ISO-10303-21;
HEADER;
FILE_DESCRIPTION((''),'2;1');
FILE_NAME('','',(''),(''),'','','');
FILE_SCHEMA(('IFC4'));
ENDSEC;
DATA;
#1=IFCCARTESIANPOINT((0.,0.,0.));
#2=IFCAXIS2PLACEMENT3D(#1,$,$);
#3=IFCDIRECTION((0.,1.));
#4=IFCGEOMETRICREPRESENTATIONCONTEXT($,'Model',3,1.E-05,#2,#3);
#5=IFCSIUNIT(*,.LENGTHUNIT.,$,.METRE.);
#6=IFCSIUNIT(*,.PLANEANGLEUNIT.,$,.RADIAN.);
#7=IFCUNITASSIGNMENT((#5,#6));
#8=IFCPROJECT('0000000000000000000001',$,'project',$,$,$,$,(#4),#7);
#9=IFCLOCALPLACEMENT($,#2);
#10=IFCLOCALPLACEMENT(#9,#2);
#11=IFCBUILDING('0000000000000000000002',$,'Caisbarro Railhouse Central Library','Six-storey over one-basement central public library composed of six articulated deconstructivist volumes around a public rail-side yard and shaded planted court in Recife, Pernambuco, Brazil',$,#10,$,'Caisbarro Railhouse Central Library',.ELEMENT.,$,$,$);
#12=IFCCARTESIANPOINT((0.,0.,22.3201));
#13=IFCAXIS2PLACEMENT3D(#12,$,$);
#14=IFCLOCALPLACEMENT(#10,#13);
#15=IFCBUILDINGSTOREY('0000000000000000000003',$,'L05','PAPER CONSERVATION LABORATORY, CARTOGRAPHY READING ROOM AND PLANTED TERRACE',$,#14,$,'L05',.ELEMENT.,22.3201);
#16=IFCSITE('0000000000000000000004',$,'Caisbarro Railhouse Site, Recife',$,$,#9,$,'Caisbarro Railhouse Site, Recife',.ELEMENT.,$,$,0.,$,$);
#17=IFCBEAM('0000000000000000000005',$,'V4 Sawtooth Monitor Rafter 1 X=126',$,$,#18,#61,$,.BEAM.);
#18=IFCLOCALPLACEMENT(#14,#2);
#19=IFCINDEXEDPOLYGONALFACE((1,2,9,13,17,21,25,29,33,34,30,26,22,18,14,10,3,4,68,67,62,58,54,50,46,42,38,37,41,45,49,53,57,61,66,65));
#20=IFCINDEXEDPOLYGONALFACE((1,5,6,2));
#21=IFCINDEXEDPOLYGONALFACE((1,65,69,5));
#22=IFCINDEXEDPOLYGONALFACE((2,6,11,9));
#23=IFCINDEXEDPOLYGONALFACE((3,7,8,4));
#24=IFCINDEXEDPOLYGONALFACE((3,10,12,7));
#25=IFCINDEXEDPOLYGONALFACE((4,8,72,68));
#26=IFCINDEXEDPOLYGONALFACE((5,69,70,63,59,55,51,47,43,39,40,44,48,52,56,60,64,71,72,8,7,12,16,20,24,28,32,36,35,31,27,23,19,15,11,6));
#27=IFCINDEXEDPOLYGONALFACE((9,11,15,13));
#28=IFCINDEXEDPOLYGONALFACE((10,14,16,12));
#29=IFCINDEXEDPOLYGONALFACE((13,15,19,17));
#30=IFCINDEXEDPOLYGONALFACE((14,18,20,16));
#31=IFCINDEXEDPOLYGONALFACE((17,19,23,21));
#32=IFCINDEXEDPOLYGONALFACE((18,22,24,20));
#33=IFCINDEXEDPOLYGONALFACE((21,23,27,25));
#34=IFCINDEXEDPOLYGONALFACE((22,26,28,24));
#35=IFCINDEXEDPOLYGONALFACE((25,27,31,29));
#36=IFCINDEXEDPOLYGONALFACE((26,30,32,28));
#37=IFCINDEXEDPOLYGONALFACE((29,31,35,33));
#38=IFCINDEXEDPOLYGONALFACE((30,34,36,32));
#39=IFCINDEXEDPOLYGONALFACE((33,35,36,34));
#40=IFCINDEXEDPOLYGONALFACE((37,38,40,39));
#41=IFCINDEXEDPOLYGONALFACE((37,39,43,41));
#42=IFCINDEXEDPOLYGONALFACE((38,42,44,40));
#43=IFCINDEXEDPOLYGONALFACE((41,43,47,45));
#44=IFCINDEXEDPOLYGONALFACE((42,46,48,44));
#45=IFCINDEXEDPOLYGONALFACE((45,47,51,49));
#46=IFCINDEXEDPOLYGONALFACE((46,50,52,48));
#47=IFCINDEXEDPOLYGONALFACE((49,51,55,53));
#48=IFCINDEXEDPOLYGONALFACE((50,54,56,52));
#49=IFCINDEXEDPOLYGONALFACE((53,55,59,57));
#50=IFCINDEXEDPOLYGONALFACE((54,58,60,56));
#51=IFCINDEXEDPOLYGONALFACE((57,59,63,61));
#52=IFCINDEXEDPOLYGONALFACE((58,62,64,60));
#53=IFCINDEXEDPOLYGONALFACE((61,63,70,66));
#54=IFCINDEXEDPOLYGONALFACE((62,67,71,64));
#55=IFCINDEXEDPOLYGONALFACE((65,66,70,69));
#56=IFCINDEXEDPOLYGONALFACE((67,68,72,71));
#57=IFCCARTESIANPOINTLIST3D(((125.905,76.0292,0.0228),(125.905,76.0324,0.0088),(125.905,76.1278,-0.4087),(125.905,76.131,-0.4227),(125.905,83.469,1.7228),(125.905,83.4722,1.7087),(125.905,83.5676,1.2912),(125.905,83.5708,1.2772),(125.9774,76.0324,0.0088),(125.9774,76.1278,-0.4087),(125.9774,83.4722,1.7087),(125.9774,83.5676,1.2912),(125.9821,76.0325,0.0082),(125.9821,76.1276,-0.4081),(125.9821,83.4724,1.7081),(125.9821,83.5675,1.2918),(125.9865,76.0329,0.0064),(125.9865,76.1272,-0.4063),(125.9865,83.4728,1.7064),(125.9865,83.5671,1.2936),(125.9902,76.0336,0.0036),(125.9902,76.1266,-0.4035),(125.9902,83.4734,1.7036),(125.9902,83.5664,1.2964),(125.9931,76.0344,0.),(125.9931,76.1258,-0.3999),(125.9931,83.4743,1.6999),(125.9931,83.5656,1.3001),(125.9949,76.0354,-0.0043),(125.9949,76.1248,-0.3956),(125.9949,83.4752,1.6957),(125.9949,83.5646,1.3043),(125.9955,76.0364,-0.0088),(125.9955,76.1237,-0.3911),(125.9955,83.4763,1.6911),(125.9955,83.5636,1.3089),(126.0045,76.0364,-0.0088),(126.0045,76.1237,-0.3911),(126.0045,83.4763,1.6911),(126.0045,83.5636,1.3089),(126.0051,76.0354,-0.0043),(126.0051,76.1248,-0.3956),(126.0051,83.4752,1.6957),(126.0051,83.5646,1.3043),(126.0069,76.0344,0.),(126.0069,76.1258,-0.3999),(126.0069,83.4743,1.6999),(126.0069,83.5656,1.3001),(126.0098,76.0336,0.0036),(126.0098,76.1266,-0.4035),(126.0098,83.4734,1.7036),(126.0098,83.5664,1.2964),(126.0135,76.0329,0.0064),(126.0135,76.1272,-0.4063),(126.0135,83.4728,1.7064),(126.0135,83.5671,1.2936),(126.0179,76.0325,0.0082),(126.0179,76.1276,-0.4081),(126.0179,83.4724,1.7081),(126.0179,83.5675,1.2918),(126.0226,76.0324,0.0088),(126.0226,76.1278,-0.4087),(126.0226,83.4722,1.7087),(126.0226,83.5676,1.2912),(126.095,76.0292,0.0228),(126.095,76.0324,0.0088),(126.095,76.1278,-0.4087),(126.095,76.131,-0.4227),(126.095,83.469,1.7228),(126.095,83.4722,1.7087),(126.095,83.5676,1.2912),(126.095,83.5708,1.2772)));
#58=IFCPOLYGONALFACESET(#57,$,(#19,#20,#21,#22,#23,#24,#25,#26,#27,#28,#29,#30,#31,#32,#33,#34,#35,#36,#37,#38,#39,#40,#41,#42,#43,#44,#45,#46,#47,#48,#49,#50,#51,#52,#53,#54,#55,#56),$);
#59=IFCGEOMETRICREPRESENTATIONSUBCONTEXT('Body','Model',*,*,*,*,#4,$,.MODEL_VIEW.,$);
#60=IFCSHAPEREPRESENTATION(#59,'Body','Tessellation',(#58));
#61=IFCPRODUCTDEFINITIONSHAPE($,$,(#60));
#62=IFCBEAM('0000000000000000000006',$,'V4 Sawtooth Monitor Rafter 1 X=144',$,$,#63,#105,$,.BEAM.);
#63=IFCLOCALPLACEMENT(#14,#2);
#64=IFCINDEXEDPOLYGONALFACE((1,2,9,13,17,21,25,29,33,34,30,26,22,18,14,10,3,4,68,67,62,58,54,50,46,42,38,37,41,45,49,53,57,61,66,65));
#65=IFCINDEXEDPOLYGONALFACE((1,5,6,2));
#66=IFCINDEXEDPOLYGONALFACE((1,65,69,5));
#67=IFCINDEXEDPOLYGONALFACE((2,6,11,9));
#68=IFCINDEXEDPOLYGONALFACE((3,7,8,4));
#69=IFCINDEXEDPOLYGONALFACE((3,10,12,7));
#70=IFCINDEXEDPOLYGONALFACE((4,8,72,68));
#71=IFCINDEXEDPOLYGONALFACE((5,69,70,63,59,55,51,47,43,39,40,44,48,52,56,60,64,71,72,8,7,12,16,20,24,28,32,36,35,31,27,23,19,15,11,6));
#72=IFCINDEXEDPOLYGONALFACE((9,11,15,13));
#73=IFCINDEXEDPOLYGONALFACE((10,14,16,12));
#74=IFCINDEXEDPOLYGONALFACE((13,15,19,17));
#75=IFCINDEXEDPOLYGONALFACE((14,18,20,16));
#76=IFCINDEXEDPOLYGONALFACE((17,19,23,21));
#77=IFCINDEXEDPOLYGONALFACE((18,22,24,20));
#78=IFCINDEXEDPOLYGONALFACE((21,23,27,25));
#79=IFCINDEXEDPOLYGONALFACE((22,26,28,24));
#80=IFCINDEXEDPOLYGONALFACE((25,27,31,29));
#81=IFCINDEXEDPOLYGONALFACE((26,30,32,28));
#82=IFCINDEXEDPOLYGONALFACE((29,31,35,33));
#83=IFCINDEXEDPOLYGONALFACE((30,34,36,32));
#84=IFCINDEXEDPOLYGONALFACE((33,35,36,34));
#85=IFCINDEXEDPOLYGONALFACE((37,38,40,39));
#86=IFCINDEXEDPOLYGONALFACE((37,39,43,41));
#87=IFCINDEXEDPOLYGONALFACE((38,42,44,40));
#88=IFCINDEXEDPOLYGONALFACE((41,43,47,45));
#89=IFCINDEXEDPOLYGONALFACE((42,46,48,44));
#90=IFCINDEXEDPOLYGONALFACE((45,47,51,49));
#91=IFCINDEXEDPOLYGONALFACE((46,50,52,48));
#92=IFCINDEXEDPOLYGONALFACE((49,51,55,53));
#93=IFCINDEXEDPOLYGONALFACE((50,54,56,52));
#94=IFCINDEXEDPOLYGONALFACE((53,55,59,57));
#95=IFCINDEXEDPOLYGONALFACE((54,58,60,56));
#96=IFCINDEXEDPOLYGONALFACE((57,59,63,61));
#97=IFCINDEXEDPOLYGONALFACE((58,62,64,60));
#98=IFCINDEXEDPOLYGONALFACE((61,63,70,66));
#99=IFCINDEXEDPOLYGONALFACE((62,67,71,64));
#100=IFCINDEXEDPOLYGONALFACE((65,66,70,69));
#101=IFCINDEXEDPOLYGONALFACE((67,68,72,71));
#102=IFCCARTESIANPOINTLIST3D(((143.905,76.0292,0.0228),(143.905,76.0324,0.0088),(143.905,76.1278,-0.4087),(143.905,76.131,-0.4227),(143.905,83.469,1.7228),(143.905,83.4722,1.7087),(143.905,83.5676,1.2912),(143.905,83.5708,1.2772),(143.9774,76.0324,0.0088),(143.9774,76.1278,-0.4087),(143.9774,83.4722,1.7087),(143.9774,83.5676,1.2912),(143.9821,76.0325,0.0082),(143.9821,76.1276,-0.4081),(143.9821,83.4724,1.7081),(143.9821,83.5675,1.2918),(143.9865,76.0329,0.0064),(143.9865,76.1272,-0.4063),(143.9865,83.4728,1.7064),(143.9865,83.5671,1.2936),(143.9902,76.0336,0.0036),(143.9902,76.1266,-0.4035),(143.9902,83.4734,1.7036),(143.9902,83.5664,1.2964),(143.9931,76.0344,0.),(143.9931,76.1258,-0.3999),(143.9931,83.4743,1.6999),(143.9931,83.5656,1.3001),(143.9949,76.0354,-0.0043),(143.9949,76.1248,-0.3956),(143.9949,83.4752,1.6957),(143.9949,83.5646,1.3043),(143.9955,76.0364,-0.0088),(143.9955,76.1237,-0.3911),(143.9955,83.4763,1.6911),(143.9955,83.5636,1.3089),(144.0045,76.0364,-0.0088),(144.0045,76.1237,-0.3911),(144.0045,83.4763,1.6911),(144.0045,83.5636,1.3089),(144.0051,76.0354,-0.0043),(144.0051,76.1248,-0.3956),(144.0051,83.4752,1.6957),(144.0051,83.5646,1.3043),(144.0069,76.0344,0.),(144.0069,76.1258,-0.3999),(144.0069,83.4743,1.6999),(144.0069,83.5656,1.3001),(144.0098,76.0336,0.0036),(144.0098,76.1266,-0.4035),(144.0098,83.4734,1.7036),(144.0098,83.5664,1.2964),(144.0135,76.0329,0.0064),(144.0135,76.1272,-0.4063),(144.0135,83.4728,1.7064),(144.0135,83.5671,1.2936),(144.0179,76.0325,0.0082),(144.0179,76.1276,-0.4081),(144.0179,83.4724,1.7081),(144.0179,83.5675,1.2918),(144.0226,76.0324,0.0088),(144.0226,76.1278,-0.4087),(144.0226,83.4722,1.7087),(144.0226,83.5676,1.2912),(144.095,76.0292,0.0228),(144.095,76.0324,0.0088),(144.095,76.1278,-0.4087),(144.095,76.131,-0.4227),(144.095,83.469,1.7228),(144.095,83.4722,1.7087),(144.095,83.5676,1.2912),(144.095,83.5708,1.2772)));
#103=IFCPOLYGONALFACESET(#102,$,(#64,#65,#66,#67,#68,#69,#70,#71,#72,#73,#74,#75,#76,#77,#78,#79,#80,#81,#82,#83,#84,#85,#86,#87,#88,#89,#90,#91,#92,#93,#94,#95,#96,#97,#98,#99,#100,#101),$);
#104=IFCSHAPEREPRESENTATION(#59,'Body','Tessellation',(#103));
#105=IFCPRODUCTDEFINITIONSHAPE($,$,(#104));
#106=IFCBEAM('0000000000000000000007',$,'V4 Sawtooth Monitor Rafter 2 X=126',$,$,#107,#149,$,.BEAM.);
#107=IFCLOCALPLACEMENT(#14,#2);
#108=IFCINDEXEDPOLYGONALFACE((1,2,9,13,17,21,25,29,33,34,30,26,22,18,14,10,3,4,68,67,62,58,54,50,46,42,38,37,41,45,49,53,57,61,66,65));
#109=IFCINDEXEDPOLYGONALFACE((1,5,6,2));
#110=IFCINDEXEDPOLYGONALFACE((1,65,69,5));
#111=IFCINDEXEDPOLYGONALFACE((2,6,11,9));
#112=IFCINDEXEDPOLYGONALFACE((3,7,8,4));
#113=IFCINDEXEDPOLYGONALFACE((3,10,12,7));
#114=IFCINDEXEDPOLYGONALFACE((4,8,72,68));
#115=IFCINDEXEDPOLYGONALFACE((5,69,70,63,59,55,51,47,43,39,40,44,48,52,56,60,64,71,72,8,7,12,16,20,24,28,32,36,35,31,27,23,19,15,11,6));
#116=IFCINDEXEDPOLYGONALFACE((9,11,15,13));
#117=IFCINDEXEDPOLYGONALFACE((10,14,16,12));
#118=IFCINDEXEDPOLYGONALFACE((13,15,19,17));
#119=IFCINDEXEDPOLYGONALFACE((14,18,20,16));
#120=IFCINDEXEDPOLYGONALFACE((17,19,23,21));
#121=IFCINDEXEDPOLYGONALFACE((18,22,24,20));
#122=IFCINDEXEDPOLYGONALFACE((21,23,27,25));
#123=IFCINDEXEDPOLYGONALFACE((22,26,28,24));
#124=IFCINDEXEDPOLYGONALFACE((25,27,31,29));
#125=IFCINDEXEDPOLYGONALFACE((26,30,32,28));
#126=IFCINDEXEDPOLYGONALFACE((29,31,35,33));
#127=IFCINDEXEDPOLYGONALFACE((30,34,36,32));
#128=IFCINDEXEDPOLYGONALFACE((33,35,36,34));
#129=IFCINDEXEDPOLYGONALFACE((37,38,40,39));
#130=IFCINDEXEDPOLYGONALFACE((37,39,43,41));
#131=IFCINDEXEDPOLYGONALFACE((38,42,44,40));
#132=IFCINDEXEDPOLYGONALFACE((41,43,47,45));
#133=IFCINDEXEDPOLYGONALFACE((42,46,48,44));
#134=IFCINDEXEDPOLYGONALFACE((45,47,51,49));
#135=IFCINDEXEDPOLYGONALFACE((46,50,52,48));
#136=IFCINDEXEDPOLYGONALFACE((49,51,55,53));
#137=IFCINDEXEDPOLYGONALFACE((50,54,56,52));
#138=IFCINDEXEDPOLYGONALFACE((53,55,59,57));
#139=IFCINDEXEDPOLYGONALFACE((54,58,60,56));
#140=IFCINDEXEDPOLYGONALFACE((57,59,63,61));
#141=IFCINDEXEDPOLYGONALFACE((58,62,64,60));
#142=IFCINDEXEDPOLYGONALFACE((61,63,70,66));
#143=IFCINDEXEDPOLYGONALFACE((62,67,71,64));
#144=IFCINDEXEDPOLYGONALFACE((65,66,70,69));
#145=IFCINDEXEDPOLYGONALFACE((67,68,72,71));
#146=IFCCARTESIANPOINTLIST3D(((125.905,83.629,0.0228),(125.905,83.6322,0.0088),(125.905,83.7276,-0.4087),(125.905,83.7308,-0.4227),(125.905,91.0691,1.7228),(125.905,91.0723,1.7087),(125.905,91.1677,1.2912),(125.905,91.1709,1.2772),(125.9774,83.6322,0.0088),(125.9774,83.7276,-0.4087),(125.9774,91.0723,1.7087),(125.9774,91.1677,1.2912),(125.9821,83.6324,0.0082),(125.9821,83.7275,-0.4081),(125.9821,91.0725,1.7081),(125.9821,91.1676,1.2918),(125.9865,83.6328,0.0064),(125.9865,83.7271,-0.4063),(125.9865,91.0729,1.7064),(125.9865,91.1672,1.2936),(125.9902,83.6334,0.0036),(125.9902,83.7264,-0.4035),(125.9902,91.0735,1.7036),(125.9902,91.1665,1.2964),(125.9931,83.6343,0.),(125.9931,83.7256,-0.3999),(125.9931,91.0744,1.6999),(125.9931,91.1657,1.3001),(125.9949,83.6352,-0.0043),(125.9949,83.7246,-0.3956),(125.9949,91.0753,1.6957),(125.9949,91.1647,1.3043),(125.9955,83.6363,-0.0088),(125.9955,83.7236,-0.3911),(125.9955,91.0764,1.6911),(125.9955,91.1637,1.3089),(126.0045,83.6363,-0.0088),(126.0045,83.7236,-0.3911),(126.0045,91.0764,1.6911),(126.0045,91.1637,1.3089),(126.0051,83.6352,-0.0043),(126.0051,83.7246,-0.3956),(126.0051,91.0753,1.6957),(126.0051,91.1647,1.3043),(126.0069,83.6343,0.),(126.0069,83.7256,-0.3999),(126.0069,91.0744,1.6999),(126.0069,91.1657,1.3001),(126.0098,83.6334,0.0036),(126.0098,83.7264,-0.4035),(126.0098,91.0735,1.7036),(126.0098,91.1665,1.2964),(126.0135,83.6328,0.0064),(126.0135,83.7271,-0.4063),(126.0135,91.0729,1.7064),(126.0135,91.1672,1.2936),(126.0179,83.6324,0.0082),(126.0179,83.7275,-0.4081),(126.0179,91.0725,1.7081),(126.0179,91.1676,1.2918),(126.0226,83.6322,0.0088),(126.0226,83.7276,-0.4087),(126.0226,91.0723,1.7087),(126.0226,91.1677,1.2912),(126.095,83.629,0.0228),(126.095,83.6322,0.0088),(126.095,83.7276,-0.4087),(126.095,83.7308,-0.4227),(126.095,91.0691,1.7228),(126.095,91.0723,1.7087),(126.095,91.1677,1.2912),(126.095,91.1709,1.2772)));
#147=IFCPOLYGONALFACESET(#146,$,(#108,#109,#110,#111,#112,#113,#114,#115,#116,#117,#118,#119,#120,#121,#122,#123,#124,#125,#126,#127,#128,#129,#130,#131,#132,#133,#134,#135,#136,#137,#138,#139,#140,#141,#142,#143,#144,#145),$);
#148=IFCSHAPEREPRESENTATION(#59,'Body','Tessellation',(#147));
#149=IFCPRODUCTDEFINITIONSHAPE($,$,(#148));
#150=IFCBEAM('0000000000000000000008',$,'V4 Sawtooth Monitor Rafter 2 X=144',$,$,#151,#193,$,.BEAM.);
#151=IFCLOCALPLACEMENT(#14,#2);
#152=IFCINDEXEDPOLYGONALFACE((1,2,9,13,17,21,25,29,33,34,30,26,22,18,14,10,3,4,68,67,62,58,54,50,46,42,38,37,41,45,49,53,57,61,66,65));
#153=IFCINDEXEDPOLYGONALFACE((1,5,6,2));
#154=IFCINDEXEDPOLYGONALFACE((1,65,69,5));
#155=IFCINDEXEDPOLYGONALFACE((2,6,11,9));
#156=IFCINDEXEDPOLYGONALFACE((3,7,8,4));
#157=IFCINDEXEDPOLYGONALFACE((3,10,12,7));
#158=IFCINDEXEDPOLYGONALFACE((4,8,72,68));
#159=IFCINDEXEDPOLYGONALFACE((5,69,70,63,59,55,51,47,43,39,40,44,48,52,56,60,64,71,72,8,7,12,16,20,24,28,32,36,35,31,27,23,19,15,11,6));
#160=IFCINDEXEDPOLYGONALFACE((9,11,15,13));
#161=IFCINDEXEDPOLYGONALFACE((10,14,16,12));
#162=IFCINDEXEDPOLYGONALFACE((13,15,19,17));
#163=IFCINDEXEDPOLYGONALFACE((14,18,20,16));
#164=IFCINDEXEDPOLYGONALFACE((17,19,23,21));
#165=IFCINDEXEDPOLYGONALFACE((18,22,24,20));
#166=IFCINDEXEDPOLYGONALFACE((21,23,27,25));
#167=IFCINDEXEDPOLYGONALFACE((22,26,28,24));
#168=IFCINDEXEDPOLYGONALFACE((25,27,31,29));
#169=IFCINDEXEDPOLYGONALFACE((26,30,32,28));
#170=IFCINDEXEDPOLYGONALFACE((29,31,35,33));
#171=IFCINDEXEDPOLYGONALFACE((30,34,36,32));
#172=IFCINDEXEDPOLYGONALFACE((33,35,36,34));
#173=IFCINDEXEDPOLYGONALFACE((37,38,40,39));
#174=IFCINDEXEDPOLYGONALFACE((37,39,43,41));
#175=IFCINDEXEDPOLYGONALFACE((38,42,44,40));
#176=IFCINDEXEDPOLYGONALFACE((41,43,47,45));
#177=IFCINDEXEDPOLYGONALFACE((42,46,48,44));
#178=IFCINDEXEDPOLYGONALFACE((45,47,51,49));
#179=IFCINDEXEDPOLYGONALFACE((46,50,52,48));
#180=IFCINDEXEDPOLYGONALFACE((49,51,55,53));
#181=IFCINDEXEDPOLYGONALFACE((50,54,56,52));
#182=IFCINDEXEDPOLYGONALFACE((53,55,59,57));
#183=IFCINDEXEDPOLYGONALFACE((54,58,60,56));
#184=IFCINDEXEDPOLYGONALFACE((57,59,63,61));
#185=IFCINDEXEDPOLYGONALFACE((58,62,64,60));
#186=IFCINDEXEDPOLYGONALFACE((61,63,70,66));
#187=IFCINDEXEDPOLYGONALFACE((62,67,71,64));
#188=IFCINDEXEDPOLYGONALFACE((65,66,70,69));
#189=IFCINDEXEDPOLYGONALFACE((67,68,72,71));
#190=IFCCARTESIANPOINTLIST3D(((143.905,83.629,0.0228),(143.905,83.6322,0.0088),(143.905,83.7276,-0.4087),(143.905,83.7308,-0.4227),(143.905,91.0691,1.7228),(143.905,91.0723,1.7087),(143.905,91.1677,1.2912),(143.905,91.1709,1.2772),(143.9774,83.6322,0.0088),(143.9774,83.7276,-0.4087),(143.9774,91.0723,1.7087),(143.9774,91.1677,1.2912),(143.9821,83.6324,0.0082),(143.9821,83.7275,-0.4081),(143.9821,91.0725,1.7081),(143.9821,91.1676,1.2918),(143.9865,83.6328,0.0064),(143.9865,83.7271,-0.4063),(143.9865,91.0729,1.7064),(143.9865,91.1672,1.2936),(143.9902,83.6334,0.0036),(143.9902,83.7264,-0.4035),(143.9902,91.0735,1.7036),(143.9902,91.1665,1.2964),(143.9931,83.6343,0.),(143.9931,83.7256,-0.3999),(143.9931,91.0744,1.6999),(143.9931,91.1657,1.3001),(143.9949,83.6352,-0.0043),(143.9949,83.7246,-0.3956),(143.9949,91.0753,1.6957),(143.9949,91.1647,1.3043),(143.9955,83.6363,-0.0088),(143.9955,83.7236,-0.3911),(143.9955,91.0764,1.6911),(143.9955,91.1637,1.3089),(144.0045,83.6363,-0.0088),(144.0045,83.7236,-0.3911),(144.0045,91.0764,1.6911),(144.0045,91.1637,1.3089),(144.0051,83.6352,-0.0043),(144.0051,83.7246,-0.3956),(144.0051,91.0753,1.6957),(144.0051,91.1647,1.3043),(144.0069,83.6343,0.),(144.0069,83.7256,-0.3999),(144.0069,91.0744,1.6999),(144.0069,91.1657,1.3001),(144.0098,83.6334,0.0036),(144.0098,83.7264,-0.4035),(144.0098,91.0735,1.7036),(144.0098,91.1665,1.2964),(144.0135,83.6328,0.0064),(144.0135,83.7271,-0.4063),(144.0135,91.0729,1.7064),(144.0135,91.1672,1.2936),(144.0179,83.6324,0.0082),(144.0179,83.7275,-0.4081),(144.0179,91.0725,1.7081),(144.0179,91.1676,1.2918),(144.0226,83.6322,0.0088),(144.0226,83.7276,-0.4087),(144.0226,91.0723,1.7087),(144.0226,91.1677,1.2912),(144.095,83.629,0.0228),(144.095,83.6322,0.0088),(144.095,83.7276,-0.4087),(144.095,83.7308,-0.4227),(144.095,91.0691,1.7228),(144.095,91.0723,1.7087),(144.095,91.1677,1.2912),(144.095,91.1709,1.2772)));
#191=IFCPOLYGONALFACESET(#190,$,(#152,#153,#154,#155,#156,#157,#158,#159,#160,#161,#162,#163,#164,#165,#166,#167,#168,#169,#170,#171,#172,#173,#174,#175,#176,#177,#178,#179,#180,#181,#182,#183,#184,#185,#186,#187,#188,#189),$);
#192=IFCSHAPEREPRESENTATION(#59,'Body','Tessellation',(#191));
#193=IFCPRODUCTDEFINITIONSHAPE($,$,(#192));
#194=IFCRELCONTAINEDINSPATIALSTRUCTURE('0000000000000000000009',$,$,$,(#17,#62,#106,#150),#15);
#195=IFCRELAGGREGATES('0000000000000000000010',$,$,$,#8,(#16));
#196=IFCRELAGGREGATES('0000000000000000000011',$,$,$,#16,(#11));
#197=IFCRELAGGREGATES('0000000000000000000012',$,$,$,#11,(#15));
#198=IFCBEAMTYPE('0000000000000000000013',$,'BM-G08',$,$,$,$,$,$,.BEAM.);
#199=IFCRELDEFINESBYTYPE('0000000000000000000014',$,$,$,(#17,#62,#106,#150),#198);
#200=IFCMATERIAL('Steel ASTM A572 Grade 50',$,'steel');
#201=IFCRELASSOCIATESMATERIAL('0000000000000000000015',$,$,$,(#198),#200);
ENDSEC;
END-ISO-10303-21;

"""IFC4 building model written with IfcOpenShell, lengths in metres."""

from ifc_helpers import new_model, si_unit, direction, frame, origin, origin_2d, place, context, subcontext, project, spatial, i_section, extrude, material, material_profile, profile_set, type_object, element, save


model = new_model("IFC4")

# Units and contexts
model_context = context("Model", 3, precision=1e-05, world=origin(), true_north=direction((0.0, 1.0)))
body_context = subcontext(model_context, "Body", "Model", "MODEL_VIEW")
ifc_project = project(units=[si_unit("LENGTHUNIT", "METRE"), si_unit("PLANEANGLEUNIT", "RADIAN")], contexts=[model_context])

# Site, building, storey
site_placement = place(None, origin())
site = spatial("IfcSite", under=ifc_project, at=site_placement, Name="Caisbarro Railhouse Site, Recife", LongName="Caisbarro Railhouse Site, Recife", CompositionType="ELEMENT", RefElevation=0.0)
building_placement = place(site_placement, origin())
building = spatial("IfcBuilding", under=site, at=building_placement, Name="Caisbarro Railhouse Central Library", Description="Six-storey over one-basement central public library composed of six articulated deconstructivist volumes around a public rail-side yard and shaded planted court in Recife, Pernambuco, Brazil", LongName="Caisbarro Railhouse Central Library", CompositionType="ELEMENT")
storey_placement = place(building_placement, frame((0.0, 0.0, 22.3201)))
storey = spatial("IfcBuildingStorey", under=building, at=storey_placement, Name="L05", Description="PAPER CONSERVATION LABORATORY, CARTOGRAPHY READING ROOM AND PLANTED TERRACE", LongName="L05", CompositionType="ELEMENT", Elevation=22.3201)

# Beams
ifc_material_1 = material(Name="Steel ASTM A572 Grade 50", Category="steel")
ifc_material_profile_1 = material_profile(ifc_material_1, i_section(OverallWidth=0.1899, OverallDepth=0.457, WebThickness=0.009, FlangeThickness=0.0144, FilletRadius=0.0181, at=origin_2d()), Name="W460X74.0")
ifc_profile_set_1 = profile_set([ifc_material_profile_1], Name="Steel ASTM A572 Grade 50")
beam_type_1 = type_object("IfcBeamType", Name="BM-G08", PredefinedType="BEAM", material=ifc_profile_set_1)
for number, where, z_axis, x_axis, name in (
    (1, (126.0, 76.0801, -0.2), (0.0, 0.974876, 0.222749), (-1.0, 0.0, 0.0), "V4 Sawtooth Monitor Rafter 1 X=126"),
    (2, (144.0, 76.0801, -0.2), (0.0, 0.974876, 0.222749), (-1.0, 0.0, 0.0), "V4 Sawtooth Monitor Rafter 1 X=144"),
):
    element("IfcBeam", number, at=place(storey_placement, frame(where, z_axis=z_axis, x_axis=x_axis)), inside=storey, type_object=beam_type_1, Name=name, PredefinedType="BEAM", context=body_context, shape_type="SweptSolid", body=[
        extrude(i_section(OverallWidth=0.1899, OverallDepth=0.457, WebThickness=0.009, FlangeThickness=0.0144, FilletRadius=0.0181, at=origin_2d()), origin(), (0.0, 0.0, 1.0), 7.6316),
    ])
for number, where, z_axis, x_axis, name in (
    (3, (126.0, 83.6799, -0.2), (0.0, 0.974877, 0.222742), (-1.0, 0.0, 0.0), "V4 Sawtooth Monitor Rafter 2 X=126"),
    (4, (144.0, 83.6799, -0.2), (0.0, 0.974877, 0.222742), (-1.0, 0.0, 0.0), "V4 Sawtooth Monitor Rafter 2 X=144"),
):
    element("IfcBeam", number, at=place(storey_placement, frame(where, z_axis=z_axis, x_axis=x_axis)), inside=storey, type_object=beam_type_1, Name=name, PredefinedType="BEAM", context=body_context, shape_type="SweptSolid", body=[
        extrude(i_section(OverallWidth=0.1899, OverallDepth=0.457, WebThickness=0.009, FlangeThickness=0.0144, FilletRadius=0.0181, at=origin_2d()), origin(), (0.0, 0.0, 1.0), 7.6318),
    ])

save(model, "model.ifc")
